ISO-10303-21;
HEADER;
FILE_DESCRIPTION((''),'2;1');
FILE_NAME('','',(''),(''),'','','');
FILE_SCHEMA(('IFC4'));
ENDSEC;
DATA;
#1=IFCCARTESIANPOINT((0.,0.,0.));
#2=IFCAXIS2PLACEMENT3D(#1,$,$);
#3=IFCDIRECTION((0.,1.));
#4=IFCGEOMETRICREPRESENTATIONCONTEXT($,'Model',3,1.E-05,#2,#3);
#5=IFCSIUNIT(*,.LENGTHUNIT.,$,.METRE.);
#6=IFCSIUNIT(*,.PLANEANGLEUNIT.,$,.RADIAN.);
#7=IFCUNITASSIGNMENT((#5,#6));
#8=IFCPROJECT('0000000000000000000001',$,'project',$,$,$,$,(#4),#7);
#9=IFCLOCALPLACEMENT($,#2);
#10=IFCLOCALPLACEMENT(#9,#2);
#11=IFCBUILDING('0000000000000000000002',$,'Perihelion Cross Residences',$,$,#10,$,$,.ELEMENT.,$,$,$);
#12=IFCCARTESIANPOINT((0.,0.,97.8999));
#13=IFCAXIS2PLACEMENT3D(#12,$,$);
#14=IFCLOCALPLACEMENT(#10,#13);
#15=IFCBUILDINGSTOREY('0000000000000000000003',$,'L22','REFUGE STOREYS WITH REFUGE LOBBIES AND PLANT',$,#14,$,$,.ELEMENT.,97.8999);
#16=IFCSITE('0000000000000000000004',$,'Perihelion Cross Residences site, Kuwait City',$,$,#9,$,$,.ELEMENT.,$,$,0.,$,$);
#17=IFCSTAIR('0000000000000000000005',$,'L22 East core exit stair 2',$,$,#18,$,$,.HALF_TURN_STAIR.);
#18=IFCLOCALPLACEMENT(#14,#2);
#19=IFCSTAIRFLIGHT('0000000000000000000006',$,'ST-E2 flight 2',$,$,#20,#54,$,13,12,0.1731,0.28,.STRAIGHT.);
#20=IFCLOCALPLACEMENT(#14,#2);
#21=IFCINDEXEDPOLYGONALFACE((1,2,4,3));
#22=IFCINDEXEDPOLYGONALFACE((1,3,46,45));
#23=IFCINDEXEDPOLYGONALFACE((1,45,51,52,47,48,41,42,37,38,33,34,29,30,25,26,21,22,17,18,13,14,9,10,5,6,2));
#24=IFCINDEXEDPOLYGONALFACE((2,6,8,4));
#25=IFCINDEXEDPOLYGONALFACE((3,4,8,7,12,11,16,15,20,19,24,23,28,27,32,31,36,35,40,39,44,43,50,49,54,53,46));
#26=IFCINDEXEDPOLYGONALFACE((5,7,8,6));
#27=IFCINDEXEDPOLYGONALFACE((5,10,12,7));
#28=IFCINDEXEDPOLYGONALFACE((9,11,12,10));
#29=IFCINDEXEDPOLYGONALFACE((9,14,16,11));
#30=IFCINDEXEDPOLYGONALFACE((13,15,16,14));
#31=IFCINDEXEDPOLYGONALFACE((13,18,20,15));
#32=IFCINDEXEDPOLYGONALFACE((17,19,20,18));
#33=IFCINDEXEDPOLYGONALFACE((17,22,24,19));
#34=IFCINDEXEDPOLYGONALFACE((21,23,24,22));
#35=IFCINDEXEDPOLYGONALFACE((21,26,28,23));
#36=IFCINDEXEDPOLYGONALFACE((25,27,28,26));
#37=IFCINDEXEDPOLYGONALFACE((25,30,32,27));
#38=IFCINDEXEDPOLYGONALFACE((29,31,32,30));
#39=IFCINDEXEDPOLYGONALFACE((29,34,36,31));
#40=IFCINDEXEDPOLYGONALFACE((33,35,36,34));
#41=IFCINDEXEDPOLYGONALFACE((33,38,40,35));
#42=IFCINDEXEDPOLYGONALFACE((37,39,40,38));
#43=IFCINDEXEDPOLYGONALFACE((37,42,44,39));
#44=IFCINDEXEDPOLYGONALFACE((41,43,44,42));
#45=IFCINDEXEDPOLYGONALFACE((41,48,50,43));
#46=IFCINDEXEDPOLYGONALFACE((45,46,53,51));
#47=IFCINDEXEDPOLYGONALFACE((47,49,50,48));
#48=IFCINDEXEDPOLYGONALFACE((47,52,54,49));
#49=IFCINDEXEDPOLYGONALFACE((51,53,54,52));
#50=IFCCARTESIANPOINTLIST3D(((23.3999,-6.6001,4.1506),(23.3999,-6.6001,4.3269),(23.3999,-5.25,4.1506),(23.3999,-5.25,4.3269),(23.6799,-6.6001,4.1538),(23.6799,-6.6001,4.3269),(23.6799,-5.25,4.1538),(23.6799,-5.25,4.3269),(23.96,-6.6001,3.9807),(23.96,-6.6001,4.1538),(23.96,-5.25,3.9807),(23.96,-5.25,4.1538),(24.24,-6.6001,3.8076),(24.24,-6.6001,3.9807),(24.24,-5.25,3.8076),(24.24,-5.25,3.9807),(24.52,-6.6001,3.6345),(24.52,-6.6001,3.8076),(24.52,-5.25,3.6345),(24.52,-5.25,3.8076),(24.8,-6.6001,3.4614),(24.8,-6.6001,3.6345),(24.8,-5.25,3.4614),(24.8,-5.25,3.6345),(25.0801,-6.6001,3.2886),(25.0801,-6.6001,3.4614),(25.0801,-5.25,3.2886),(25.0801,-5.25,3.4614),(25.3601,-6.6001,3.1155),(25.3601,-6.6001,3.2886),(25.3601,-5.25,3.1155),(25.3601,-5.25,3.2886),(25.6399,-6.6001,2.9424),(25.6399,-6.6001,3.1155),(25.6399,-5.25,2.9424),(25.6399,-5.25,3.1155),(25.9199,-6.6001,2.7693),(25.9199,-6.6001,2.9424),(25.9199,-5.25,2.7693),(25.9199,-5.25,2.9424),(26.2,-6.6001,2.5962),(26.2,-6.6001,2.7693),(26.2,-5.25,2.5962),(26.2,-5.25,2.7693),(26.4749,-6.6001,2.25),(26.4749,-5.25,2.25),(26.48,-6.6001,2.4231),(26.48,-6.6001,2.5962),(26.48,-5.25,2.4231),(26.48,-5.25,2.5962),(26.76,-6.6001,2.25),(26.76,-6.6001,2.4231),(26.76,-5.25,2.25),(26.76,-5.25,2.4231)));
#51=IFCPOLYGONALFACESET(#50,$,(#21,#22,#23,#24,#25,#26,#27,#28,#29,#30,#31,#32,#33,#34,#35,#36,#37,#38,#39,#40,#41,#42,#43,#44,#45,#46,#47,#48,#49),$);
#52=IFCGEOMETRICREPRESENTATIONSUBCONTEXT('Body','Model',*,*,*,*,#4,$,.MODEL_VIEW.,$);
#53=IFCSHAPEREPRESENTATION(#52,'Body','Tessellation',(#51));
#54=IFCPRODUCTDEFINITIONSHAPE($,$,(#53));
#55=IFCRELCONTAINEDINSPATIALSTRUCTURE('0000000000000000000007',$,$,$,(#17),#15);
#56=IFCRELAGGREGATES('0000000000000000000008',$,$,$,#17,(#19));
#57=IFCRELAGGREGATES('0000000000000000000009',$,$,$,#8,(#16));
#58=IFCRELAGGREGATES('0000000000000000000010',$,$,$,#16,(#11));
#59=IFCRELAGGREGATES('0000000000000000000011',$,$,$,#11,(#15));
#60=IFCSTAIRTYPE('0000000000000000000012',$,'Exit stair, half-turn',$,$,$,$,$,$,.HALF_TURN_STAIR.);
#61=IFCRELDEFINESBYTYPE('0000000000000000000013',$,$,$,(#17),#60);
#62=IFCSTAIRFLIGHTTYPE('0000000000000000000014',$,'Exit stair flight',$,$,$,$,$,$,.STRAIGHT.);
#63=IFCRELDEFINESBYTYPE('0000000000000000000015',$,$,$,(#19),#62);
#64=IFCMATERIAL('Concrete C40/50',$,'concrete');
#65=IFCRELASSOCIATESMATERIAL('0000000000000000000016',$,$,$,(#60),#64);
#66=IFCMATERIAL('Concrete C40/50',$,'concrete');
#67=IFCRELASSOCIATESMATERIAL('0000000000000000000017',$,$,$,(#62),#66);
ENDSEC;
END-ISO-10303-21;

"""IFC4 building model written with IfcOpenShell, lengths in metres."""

from ifc_helpers import new_model, si_unit, direction, frame, origin, place, context, subcontext, project, spatial, polyline, outline, extrude, material, type_object, element, aggregate, save


model = new_model("IFC4")

# Units and contexts
model_context = context("Model", 3, precision=1e-05, world=origin(), true_north=direction((0.0, 1.0)))
body_context = subcontext(model_context, "Body", "Model", "MODEL_VIEW")
ifc_project = project(units=[si_unit("LENGTHUNIT", "METRE"), si_unit("PLANEANGLEUNIT", "RADIAN")], contexts=[model_context])

# Site, building, storey
site_placement = place(None, origin())
site = spatial("IfcSite", under=ifc_project, at=site_placement, Name="Perihelion Cross Residences site, Kuwait City", CompositionType="ELEMENT", RefElevation=0.0)
building_placement = place(site_placement, origin())
building = spatial("IfcBuilding", under=site, at=building_placement, Name="Perihelion Cross Residences", CompositionType="ELEMENT")
storey_placement = place(building_placement, frame((0.0, 0.0, 97.8999)))
storey = spatial("IfcBuildingStorey", under=building, at=storey_placement, Name="L22", Description="REFUGE STOREYS WITH REFUGE LOBBIES AND PLANT", CompositionType="ELEMENT", Elevation=97.8999)

# Stair, stair flight
ifc_material_1 = material(Name="Concrete C40/50", Category="concrete")
stair_type = type_object("IfcStairType", Name="Exit stair, half-turn", PredefinedType="HALF_TURN_STAIR", material=ifc_material_1)
stair_placement = place(storey_placement, origin())
stair = element("IfcStair", 1, at=stair_placement, inside=storey, type_object=stair_type, Name="L22 East core exit stair 2", PredefinedType="HALF_TURN_STAIR")
ifc_material_2 = material(Name="Concrete C40/50", Category="concrete")
stair_flight_type = type_object("IfcStairFlightType", Name="Exit stair flight", PredefinedType="STRAIGHT", material=ifc_material_2)
stair_flight_placement = place(storey_placement, frame((26.76, -5.925, 2.25), z_axis=(0.0, 0.0, 1.0), x_axis=(-1.0, 0.0, 0.0)))
stair_flight = element("IfcStairFlight", 2, at=stair_flight_placement, type_object=stair_flight_type, Name="ST-E2 flight 2", NumberOfRisers=13, NumberOfTreads=12, PredefinedType="STRAIGHT", RiserHeight=0.1731, TreadLength=0.28, context=body_context, shape_type="SweptSolid", body=[
    extrude(outline(polyline([(0.0, 0.0), (0.0, 0.1731), (0.28, 0.1731), (0.28, 0.3462), (0.5601, 0.3462), (0.5601, 0.5193), (0.8401, 0.5193), (0.8401, 0.6924), (1.1201, 0.6924), (1.1201, 0.8655), (1.3999, 0.8655), (1.3999, 1.0386), (1.6799, 1.0386), (1.6799, 1.2114), (1.96, 1.2114), (1.96, 1.3845), (2.24, 1.3845), (2.24, 1.5576), (2.52, 1.5576), (2.52, 1.7307), (2.8, 1.7307), (2.8, 1.9038), (3.0801, 1.9038), (3.0801, 2.0769), (3.3601, 2.0769), (3.3601, 2.25), (3.3601, 1.9006), (0.2852, 0.0), (0.0, 0.0)])), frame((0.0, 0.675, 0.0), z_axis=(0.0, -1.0, 0.0), x_axis=(1.0, 0.0, 0.0)), (0.0, 0.0, 1.0), 1.3501),
])
aggregate(stair, [stair_flight])

save(model, "model.ifc")
